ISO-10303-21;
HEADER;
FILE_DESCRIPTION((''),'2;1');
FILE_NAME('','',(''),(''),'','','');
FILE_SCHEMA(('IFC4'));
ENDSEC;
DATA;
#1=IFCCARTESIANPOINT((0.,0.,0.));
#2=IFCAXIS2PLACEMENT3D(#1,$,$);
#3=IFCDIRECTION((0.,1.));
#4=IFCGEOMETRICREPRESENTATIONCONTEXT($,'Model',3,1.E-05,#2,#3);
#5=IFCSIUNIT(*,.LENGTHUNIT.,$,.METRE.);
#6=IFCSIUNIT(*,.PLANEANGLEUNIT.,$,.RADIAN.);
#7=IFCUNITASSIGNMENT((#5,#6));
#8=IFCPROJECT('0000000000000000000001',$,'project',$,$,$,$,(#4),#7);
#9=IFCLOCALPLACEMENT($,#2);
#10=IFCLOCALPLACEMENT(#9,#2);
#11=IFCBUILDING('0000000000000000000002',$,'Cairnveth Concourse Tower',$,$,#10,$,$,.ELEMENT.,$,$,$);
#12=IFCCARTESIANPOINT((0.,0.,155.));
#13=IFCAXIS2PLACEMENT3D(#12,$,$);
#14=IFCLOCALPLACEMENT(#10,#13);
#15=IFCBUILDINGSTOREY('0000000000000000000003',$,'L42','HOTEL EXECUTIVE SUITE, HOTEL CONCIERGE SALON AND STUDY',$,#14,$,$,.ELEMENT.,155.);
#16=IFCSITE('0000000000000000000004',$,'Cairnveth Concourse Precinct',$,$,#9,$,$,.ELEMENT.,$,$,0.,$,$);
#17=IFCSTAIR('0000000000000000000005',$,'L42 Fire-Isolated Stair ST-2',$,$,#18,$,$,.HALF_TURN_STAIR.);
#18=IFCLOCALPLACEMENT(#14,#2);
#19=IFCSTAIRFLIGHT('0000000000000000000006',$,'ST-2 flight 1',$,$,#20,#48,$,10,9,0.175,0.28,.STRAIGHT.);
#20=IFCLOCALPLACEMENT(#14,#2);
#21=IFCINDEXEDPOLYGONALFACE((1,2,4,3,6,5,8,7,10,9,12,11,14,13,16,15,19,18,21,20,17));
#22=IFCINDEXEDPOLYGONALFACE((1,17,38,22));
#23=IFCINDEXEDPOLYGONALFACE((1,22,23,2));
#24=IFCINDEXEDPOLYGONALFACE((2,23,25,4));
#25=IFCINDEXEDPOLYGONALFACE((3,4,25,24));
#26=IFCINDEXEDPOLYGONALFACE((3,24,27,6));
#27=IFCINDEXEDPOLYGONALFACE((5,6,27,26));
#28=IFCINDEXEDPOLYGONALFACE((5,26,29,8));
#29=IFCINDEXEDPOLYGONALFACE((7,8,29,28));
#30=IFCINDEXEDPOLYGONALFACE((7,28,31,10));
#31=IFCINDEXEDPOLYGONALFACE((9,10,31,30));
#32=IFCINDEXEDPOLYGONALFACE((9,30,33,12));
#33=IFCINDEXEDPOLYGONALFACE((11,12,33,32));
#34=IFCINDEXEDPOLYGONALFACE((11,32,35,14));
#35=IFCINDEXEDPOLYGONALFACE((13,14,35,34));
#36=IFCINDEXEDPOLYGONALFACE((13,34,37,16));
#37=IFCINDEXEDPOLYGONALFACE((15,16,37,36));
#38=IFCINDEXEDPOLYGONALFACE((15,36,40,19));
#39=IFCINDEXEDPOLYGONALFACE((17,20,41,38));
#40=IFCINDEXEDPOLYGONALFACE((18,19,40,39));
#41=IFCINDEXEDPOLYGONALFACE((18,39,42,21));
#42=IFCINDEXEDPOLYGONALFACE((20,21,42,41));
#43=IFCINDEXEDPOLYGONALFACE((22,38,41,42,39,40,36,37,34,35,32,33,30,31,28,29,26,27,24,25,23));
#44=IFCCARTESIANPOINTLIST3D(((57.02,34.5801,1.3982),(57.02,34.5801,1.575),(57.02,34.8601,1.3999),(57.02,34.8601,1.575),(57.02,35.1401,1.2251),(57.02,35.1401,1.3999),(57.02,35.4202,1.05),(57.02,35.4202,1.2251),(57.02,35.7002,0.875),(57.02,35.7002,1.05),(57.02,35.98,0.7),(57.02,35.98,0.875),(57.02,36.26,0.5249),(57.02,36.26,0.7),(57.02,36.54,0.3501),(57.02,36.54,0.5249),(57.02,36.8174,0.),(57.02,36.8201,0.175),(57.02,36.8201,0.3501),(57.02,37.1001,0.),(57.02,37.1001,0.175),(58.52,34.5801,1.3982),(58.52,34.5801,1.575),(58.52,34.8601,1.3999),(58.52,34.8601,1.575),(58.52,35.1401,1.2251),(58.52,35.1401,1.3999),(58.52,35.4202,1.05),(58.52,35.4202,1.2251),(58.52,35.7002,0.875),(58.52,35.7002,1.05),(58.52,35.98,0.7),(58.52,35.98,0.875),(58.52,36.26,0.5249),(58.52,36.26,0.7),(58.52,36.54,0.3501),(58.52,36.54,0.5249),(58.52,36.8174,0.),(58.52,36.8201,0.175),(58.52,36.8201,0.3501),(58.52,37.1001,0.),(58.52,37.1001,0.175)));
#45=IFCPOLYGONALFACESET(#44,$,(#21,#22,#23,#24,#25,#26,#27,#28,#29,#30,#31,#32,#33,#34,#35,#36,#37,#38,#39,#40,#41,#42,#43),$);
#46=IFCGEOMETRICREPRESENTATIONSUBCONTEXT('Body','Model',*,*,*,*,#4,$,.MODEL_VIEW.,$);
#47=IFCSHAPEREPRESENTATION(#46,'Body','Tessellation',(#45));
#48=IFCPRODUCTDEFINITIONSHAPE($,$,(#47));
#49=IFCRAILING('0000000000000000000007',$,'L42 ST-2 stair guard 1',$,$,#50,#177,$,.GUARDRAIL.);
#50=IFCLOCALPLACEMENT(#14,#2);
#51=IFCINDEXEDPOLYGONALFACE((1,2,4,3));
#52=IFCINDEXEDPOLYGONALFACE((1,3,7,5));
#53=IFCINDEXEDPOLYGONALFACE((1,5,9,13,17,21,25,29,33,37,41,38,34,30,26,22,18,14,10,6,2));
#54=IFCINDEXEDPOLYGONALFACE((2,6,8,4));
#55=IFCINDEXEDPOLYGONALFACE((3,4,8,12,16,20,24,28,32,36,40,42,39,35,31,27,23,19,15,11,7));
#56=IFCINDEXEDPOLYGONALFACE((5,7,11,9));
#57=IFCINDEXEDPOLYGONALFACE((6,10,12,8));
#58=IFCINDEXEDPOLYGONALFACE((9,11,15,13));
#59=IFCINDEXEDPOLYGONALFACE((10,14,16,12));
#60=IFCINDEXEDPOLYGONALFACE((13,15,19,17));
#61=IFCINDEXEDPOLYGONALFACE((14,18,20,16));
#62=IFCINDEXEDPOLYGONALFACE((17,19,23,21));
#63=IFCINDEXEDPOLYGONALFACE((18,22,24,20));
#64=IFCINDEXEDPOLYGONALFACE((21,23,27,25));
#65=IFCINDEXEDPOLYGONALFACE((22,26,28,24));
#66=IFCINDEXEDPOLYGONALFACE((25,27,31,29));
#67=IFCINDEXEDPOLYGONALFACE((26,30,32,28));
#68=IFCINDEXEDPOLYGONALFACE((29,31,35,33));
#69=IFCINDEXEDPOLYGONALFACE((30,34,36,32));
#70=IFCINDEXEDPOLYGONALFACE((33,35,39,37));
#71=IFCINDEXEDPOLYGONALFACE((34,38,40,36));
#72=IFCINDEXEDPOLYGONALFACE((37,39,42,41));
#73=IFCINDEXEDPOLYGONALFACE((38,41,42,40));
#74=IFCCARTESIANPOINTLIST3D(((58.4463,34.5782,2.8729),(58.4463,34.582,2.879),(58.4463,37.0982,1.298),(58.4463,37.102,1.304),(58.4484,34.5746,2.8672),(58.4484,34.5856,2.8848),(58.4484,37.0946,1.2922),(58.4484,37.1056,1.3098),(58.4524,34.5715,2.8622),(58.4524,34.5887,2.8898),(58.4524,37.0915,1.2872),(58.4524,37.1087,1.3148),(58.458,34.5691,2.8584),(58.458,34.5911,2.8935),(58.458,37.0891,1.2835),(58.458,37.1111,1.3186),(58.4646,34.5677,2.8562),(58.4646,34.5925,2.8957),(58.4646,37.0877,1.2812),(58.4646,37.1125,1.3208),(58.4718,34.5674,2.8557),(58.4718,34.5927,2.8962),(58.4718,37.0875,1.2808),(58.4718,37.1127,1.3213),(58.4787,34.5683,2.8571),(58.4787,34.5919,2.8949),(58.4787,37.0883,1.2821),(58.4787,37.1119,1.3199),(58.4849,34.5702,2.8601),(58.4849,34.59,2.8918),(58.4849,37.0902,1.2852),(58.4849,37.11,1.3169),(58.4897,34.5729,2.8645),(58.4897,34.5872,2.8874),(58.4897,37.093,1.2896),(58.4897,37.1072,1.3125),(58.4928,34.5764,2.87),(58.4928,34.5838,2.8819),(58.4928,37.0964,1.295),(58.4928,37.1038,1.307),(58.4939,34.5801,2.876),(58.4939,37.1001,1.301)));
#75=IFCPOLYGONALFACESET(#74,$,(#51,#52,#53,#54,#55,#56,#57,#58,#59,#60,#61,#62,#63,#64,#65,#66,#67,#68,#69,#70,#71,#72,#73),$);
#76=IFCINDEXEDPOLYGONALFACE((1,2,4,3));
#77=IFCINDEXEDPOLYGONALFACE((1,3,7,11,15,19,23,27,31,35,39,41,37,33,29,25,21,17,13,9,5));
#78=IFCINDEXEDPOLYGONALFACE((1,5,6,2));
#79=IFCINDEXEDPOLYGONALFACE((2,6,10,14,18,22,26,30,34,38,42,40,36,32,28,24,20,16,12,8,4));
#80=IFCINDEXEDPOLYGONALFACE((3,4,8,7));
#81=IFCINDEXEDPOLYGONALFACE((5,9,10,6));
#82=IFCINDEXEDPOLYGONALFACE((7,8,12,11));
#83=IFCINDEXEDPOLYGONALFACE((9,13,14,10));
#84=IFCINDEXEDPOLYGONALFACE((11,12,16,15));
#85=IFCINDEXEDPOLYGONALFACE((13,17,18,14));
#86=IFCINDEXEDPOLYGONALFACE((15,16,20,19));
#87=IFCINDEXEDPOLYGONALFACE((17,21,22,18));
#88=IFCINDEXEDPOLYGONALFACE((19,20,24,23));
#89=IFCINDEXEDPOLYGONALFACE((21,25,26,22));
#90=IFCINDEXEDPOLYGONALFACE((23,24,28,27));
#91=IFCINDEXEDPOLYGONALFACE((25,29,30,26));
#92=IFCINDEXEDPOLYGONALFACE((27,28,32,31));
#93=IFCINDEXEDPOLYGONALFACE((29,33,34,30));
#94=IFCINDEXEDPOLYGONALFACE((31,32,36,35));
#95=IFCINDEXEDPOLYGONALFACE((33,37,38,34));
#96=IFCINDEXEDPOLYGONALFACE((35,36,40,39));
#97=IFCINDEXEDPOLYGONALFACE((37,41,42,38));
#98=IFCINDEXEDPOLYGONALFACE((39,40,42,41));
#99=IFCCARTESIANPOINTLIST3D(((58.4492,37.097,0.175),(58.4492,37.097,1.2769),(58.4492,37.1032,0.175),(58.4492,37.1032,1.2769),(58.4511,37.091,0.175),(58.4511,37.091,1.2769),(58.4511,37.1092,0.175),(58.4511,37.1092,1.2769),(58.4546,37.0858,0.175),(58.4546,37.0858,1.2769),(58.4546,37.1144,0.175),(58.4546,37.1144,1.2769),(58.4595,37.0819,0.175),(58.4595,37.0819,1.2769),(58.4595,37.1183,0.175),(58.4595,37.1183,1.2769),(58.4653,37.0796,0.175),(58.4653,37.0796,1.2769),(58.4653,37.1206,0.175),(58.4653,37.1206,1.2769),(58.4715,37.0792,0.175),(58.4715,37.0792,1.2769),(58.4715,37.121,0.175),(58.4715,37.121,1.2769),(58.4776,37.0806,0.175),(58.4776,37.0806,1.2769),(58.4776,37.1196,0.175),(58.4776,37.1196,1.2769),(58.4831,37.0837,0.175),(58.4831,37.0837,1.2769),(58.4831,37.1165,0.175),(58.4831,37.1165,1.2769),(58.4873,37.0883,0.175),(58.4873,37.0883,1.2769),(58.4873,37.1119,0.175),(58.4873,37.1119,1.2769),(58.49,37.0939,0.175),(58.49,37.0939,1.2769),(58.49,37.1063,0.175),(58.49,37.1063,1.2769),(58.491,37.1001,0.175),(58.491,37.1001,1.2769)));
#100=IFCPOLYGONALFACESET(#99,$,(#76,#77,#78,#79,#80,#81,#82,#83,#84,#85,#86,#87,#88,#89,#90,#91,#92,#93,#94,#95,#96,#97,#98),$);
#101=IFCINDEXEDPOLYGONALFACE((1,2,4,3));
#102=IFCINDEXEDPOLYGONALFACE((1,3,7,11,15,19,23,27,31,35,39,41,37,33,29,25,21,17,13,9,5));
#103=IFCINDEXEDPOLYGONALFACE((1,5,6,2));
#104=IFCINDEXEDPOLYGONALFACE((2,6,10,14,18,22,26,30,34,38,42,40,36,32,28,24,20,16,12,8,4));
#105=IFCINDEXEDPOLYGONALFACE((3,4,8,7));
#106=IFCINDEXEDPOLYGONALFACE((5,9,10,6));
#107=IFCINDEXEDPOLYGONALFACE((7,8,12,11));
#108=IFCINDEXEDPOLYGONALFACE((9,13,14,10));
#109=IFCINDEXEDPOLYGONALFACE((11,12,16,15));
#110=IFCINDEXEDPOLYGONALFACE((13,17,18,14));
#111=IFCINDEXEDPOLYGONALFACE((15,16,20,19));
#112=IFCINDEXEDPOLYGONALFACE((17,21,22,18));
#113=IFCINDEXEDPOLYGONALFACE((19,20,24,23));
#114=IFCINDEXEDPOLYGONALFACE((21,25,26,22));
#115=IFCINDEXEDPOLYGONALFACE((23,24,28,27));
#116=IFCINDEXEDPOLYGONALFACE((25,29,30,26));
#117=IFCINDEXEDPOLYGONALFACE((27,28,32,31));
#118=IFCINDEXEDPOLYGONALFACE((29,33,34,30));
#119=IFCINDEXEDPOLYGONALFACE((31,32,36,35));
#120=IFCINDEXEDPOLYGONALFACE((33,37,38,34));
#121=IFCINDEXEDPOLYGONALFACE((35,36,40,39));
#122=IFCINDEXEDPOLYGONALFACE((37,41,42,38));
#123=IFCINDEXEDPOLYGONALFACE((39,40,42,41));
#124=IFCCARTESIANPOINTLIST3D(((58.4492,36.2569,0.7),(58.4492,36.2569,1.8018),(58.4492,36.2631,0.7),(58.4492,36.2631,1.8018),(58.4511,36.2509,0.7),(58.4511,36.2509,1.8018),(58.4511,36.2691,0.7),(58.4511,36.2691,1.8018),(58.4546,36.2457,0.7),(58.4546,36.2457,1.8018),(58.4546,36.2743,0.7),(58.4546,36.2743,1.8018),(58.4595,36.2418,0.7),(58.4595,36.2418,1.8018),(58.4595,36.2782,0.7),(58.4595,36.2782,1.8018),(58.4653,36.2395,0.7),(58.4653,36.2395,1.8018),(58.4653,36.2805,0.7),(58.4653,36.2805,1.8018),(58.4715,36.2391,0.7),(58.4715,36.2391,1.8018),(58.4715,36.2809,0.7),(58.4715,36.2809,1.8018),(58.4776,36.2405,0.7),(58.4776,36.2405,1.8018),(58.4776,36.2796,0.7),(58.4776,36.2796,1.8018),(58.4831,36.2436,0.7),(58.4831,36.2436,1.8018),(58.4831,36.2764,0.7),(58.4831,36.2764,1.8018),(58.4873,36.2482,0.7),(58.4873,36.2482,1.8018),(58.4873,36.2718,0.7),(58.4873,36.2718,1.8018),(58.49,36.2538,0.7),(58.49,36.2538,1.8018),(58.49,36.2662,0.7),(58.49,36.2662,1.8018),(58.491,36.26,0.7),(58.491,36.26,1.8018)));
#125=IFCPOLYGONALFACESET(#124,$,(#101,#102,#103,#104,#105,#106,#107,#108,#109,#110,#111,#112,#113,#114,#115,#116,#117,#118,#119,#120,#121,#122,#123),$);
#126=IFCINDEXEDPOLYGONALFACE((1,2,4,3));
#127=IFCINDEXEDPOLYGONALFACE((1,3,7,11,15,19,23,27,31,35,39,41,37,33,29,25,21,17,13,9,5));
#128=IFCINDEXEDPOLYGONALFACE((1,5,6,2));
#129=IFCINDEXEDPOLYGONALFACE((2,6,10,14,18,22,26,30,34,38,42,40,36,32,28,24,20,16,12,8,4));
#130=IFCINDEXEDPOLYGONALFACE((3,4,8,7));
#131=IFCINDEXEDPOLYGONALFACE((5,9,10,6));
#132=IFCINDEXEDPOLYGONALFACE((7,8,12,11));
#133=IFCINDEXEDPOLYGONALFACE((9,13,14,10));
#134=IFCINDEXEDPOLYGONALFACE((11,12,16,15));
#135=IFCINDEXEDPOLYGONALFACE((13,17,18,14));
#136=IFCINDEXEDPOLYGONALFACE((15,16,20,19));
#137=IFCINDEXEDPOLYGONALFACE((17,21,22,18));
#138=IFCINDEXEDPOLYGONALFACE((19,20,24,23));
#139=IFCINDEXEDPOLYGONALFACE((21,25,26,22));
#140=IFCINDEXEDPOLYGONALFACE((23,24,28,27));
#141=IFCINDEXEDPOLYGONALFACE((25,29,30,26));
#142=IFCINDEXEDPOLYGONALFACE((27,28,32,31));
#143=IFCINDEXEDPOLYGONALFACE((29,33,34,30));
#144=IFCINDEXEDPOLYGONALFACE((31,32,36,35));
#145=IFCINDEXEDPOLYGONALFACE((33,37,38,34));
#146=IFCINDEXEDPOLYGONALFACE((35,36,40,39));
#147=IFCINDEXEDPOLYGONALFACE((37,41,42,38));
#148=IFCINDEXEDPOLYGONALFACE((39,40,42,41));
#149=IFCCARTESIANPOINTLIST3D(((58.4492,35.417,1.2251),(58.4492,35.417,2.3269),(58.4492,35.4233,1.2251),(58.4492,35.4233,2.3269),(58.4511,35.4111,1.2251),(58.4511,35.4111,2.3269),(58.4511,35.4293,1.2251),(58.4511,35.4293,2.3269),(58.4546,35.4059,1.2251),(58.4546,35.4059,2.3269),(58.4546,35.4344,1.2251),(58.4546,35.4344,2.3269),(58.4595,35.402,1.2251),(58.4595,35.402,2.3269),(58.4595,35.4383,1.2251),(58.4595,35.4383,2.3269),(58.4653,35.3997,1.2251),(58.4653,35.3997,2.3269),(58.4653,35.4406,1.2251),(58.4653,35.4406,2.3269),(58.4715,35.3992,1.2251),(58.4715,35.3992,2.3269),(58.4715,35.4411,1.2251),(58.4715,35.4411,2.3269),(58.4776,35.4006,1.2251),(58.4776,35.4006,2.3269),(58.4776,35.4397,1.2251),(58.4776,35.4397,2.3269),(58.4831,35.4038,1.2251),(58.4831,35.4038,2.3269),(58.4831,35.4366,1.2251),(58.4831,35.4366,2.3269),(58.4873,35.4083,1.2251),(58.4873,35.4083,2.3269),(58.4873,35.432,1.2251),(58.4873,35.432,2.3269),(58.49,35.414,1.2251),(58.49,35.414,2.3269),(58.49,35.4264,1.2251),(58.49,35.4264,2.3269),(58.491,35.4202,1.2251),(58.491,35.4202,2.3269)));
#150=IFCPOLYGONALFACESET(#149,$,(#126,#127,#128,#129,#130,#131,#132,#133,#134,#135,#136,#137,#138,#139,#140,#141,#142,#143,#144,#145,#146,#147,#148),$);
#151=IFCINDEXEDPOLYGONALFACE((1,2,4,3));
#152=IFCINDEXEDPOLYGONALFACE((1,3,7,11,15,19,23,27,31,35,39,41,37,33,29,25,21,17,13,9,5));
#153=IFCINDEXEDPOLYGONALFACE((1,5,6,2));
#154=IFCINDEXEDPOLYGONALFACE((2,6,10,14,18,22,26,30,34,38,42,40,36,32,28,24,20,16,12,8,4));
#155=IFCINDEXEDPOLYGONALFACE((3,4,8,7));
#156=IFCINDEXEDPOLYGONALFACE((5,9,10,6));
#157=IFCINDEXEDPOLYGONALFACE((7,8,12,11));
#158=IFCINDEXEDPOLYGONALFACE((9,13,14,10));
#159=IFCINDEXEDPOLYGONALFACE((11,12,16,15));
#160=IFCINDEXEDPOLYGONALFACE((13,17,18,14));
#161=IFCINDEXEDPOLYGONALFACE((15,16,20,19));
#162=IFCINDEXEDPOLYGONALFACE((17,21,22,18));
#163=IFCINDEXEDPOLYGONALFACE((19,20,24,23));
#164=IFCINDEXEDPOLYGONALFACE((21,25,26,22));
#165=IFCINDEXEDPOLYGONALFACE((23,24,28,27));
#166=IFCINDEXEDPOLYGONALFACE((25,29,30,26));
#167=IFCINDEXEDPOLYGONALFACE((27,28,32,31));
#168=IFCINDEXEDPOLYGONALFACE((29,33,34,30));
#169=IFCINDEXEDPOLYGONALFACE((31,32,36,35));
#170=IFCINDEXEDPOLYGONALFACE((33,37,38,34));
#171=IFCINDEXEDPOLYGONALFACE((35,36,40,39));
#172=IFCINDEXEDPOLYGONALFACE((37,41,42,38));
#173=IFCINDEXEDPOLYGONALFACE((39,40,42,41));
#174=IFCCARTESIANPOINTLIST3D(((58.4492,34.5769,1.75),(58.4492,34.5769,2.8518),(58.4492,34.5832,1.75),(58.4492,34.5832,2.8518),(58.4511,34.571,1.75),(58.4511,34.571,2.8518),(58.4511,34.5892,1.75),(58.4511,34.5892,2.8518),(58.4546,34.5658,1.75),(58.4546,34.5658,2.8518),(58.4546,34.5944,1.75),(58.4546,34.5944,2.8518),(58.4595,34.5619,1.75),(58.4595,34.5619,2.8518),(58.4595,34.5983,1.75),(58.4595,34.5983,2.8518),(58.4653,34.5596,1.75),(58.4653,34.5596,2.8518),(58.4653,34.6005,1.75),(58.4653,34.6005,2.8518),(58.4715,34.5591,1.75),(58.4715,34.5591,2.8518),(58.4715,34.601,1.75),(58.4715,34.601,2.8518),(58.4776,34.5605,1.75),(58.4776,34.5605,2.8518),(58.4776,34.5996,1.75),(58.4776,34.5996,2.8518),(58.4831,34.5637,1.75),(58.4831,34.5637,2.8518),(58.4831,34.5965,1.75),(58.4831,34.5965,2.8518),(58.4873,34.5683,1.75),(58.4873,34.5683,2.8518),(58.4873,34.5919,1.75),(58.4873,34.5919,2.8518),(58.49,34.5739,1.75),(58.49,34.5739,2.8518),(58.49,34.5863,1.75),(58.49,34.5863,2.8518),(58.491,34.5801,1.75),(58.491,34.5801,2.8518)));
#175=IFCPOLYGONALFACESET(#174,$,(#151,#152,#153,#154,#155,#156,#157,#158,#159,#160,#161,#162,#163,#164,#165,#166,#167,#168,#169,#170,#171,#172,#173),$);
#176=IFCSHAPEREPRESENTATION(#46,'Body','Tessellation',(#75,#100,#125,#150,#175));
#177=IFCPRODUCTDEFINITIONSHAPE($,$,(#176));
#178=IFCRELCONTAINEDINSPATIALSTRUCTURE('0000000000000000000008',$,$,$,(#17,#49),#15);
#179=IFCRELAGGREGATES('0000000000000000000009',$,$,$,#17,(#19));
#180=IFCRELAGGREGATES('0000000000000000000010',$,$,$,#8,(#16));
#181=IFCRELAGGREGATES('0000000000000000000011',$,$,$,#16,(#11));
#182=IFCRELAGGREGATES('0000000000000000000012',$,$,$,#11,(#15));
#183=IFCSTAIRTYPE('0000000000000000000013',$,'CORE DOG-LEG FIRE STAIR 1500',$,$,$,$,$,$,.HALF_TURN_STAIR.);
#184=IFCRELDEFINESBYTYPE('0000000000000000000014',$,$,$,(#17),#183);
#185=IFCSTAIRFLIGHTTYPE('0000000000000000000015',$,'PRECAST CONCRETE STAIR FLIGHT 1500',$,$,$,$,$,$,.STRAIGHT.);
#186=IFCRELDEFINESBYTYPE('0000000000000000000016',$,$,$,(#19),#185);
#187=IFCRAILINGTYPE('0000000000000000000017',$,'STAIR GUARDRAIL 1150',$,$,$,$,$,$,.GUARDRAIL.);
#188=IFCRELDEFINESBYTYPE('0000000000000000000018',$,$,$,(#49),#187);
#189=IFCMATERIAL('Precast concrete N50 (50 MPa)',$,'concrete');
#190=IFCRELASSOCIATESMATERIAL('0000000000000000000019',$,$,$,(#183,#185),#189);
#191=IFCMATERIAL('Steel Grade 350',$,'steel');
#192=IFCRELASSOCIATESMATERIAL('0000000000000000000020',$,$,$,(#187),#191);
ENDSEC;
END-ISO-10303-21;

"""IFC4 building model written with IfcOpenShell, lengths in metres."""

from ifc_helpers import new_model, si_unit, direction, frame, origin, origin_2d, place, context, subcontext, project, spatial, polyline, circle, outline, extrude, material, type_object, element, aggregate, save


model = new_model("IFC4")

# Units and contexts
model_context = context("Model", 3, precision=1e-05, world=origin(), true_north=direction((0.0, 1.0)))
body_context = subcontext(model_context, "Body", "Model", "MODEL_VIEW")
ifc_project = project(units=[si_unit("LENGTHUNIT", "METRE"), si_unit("PLANEANGLEUNIT", "RADIAN")], contexts=[model_context])

# Site, building, storey
site_placement = place(None, origin())
site = spatial("IfcSite", under=ifc_project, at=site_placement, Name="Cairnveth Concourse Precinct", CompositionType="ELEMENT", RefElevation=0.0)
building_placement = place(site_placement, origin())
building = spatial("IfcBuilding", under=site, at=building_placement, Name="Cairnveth Concourse Tower", CompositionType="ELEMENT")
storey_placement = place(building_placement, frame((0.0, 0.0, 155.0)))
storey = spatial("IfcBuildingStorey", under=building, at=storey_placement, Name="L42", Description="HOTEL EXECUTIVE SUITE, HOTEL CONCIERGE SALON AND STUDY", CompositionType="ELEMENT", Elevation=155.0)

# Shared definitions
ifc_material_1 = material(Name="Steel Grade 350", Category="steel")

# Stair, stair flight
ifc_material_2 = material(Name="Precast concrete N50 (50 MPa)", Category="concrete")
stair_type = type_object("IfcStairType", Name="CORE DOG-LEG FIRE STAIR 1500", PredefinedType="HALF_TURN_STAIR", material=ifc_material_2)
stair_placement = place(storey_placement, origin())
stair = element("IfcStair", 1, at=stair_placement, inside=storey, type_object=stair_type, Name="L42 Fire-Isolated Stair ST-2", PredefinedType="HALF_TURN_STAIR")
stair_flight_type = type_object("IfcStairFlightType", Name="PRECAST CONCRETE STAIR FLIGHT 1500", PredefinedType="STRAIGHT", material=ifc_material_2)
stair_flight_placement = place(storey_placement, frame((57.77, 37.1001, 0.0), z_axis=(0.0, 0.0, 1.0), x_axis=(0.0, -1.0, 0.0)))
stair_flight = element("IfcStairFlight", 2, at=stair_flight_placement, type_object=stair_flight_type, Name="ST-2 flight 1", NumberOfRisers=10, NumberOfTreads=9, PredefinedType="STRAIGHT", RiserHeight=0.175, TreadLength=0.28, context=body_context, shape_type="SweptSolid", body=[
    extrude(outline(polyline([(0.0, 0.0), (0.0, 0.175), (0.28, 0.175), (0.28, 0.3501), (0.5601, 0.3501), (0.5601, 0.5249), (0.8401, 0.5249), (0.8401, 0.7), (1.1201, 0.7), (1.1201, 0.875), (1.3999, 0.875), (1.3999, 1.05), (1.6799, 1.05), (1.6799, 1.2251), (1.96, 1.2251), (1.96, 1.3999), (2.24, 1.3999), (2.24, 1.575), (2.52, 1.575), (2.52, 1.75), (2.52, 1.3982), (0.2827, 0.0), (0.0, 0.0)])), frame((0.0, 0.75, 0.0), z_axis=(0.0, -1.0, 0.0), x_axis=(1.0, 0.0, 0.0)), (0.0, 0.0, 1.0), 1.5),
])
aggregate(stair, [stair_flight])

# Railing
railing_type_1 = type_object("IfcRailingType", Name="STAIR GUARDRAIL 1150", PredefinedType="GUARDRAIL", material=ifc_material_1)
railing_1_placement = place(storey_placement, frame((58.47, 37.1001, 0.175)))
element("IfcRailing", 3, at=railing_1_placement, inside=storey, type_object=railing_type_1, Name="L42 ST-2 stair guard 1", PredefinedType="GUARDRAIL", context=body_context, shape_type="SweptSolid", body=[
    extrude(circle(Radius=0.0239, at=origin_2d()), frame((0.0, 0.0, 1.126), z_axis=(0.0, -0.848008, 0.529984), x_axis=(1.0, 0.0, 0.0)), (0.0, 0.0, 1.0), 2.9717),
    extrude(circle(Radius=0.021, at=origin_2d()), origin(), (0.0, 0.0, 1.0), 1.1018),
    extrude(circle(Radius=0.021, at=origin_2d()), frame((0.0, -0.8401, 0.5249)), (0.0, 0.0, 1.0), 1.1018),
    extrude(circle(Radius=0.021, at=origin_2d()), frame((0.0, -1.6799, 1.05)), (0.0, 0.0, 1.0), 1.1018),
    extrude(circle(Radius=0.021, at=origin_2d()), frame((0.0, -2.52, 1.575)), (0.0, 0.0, 1.0), 1.1018),
])

save(model, "model.ifc")
